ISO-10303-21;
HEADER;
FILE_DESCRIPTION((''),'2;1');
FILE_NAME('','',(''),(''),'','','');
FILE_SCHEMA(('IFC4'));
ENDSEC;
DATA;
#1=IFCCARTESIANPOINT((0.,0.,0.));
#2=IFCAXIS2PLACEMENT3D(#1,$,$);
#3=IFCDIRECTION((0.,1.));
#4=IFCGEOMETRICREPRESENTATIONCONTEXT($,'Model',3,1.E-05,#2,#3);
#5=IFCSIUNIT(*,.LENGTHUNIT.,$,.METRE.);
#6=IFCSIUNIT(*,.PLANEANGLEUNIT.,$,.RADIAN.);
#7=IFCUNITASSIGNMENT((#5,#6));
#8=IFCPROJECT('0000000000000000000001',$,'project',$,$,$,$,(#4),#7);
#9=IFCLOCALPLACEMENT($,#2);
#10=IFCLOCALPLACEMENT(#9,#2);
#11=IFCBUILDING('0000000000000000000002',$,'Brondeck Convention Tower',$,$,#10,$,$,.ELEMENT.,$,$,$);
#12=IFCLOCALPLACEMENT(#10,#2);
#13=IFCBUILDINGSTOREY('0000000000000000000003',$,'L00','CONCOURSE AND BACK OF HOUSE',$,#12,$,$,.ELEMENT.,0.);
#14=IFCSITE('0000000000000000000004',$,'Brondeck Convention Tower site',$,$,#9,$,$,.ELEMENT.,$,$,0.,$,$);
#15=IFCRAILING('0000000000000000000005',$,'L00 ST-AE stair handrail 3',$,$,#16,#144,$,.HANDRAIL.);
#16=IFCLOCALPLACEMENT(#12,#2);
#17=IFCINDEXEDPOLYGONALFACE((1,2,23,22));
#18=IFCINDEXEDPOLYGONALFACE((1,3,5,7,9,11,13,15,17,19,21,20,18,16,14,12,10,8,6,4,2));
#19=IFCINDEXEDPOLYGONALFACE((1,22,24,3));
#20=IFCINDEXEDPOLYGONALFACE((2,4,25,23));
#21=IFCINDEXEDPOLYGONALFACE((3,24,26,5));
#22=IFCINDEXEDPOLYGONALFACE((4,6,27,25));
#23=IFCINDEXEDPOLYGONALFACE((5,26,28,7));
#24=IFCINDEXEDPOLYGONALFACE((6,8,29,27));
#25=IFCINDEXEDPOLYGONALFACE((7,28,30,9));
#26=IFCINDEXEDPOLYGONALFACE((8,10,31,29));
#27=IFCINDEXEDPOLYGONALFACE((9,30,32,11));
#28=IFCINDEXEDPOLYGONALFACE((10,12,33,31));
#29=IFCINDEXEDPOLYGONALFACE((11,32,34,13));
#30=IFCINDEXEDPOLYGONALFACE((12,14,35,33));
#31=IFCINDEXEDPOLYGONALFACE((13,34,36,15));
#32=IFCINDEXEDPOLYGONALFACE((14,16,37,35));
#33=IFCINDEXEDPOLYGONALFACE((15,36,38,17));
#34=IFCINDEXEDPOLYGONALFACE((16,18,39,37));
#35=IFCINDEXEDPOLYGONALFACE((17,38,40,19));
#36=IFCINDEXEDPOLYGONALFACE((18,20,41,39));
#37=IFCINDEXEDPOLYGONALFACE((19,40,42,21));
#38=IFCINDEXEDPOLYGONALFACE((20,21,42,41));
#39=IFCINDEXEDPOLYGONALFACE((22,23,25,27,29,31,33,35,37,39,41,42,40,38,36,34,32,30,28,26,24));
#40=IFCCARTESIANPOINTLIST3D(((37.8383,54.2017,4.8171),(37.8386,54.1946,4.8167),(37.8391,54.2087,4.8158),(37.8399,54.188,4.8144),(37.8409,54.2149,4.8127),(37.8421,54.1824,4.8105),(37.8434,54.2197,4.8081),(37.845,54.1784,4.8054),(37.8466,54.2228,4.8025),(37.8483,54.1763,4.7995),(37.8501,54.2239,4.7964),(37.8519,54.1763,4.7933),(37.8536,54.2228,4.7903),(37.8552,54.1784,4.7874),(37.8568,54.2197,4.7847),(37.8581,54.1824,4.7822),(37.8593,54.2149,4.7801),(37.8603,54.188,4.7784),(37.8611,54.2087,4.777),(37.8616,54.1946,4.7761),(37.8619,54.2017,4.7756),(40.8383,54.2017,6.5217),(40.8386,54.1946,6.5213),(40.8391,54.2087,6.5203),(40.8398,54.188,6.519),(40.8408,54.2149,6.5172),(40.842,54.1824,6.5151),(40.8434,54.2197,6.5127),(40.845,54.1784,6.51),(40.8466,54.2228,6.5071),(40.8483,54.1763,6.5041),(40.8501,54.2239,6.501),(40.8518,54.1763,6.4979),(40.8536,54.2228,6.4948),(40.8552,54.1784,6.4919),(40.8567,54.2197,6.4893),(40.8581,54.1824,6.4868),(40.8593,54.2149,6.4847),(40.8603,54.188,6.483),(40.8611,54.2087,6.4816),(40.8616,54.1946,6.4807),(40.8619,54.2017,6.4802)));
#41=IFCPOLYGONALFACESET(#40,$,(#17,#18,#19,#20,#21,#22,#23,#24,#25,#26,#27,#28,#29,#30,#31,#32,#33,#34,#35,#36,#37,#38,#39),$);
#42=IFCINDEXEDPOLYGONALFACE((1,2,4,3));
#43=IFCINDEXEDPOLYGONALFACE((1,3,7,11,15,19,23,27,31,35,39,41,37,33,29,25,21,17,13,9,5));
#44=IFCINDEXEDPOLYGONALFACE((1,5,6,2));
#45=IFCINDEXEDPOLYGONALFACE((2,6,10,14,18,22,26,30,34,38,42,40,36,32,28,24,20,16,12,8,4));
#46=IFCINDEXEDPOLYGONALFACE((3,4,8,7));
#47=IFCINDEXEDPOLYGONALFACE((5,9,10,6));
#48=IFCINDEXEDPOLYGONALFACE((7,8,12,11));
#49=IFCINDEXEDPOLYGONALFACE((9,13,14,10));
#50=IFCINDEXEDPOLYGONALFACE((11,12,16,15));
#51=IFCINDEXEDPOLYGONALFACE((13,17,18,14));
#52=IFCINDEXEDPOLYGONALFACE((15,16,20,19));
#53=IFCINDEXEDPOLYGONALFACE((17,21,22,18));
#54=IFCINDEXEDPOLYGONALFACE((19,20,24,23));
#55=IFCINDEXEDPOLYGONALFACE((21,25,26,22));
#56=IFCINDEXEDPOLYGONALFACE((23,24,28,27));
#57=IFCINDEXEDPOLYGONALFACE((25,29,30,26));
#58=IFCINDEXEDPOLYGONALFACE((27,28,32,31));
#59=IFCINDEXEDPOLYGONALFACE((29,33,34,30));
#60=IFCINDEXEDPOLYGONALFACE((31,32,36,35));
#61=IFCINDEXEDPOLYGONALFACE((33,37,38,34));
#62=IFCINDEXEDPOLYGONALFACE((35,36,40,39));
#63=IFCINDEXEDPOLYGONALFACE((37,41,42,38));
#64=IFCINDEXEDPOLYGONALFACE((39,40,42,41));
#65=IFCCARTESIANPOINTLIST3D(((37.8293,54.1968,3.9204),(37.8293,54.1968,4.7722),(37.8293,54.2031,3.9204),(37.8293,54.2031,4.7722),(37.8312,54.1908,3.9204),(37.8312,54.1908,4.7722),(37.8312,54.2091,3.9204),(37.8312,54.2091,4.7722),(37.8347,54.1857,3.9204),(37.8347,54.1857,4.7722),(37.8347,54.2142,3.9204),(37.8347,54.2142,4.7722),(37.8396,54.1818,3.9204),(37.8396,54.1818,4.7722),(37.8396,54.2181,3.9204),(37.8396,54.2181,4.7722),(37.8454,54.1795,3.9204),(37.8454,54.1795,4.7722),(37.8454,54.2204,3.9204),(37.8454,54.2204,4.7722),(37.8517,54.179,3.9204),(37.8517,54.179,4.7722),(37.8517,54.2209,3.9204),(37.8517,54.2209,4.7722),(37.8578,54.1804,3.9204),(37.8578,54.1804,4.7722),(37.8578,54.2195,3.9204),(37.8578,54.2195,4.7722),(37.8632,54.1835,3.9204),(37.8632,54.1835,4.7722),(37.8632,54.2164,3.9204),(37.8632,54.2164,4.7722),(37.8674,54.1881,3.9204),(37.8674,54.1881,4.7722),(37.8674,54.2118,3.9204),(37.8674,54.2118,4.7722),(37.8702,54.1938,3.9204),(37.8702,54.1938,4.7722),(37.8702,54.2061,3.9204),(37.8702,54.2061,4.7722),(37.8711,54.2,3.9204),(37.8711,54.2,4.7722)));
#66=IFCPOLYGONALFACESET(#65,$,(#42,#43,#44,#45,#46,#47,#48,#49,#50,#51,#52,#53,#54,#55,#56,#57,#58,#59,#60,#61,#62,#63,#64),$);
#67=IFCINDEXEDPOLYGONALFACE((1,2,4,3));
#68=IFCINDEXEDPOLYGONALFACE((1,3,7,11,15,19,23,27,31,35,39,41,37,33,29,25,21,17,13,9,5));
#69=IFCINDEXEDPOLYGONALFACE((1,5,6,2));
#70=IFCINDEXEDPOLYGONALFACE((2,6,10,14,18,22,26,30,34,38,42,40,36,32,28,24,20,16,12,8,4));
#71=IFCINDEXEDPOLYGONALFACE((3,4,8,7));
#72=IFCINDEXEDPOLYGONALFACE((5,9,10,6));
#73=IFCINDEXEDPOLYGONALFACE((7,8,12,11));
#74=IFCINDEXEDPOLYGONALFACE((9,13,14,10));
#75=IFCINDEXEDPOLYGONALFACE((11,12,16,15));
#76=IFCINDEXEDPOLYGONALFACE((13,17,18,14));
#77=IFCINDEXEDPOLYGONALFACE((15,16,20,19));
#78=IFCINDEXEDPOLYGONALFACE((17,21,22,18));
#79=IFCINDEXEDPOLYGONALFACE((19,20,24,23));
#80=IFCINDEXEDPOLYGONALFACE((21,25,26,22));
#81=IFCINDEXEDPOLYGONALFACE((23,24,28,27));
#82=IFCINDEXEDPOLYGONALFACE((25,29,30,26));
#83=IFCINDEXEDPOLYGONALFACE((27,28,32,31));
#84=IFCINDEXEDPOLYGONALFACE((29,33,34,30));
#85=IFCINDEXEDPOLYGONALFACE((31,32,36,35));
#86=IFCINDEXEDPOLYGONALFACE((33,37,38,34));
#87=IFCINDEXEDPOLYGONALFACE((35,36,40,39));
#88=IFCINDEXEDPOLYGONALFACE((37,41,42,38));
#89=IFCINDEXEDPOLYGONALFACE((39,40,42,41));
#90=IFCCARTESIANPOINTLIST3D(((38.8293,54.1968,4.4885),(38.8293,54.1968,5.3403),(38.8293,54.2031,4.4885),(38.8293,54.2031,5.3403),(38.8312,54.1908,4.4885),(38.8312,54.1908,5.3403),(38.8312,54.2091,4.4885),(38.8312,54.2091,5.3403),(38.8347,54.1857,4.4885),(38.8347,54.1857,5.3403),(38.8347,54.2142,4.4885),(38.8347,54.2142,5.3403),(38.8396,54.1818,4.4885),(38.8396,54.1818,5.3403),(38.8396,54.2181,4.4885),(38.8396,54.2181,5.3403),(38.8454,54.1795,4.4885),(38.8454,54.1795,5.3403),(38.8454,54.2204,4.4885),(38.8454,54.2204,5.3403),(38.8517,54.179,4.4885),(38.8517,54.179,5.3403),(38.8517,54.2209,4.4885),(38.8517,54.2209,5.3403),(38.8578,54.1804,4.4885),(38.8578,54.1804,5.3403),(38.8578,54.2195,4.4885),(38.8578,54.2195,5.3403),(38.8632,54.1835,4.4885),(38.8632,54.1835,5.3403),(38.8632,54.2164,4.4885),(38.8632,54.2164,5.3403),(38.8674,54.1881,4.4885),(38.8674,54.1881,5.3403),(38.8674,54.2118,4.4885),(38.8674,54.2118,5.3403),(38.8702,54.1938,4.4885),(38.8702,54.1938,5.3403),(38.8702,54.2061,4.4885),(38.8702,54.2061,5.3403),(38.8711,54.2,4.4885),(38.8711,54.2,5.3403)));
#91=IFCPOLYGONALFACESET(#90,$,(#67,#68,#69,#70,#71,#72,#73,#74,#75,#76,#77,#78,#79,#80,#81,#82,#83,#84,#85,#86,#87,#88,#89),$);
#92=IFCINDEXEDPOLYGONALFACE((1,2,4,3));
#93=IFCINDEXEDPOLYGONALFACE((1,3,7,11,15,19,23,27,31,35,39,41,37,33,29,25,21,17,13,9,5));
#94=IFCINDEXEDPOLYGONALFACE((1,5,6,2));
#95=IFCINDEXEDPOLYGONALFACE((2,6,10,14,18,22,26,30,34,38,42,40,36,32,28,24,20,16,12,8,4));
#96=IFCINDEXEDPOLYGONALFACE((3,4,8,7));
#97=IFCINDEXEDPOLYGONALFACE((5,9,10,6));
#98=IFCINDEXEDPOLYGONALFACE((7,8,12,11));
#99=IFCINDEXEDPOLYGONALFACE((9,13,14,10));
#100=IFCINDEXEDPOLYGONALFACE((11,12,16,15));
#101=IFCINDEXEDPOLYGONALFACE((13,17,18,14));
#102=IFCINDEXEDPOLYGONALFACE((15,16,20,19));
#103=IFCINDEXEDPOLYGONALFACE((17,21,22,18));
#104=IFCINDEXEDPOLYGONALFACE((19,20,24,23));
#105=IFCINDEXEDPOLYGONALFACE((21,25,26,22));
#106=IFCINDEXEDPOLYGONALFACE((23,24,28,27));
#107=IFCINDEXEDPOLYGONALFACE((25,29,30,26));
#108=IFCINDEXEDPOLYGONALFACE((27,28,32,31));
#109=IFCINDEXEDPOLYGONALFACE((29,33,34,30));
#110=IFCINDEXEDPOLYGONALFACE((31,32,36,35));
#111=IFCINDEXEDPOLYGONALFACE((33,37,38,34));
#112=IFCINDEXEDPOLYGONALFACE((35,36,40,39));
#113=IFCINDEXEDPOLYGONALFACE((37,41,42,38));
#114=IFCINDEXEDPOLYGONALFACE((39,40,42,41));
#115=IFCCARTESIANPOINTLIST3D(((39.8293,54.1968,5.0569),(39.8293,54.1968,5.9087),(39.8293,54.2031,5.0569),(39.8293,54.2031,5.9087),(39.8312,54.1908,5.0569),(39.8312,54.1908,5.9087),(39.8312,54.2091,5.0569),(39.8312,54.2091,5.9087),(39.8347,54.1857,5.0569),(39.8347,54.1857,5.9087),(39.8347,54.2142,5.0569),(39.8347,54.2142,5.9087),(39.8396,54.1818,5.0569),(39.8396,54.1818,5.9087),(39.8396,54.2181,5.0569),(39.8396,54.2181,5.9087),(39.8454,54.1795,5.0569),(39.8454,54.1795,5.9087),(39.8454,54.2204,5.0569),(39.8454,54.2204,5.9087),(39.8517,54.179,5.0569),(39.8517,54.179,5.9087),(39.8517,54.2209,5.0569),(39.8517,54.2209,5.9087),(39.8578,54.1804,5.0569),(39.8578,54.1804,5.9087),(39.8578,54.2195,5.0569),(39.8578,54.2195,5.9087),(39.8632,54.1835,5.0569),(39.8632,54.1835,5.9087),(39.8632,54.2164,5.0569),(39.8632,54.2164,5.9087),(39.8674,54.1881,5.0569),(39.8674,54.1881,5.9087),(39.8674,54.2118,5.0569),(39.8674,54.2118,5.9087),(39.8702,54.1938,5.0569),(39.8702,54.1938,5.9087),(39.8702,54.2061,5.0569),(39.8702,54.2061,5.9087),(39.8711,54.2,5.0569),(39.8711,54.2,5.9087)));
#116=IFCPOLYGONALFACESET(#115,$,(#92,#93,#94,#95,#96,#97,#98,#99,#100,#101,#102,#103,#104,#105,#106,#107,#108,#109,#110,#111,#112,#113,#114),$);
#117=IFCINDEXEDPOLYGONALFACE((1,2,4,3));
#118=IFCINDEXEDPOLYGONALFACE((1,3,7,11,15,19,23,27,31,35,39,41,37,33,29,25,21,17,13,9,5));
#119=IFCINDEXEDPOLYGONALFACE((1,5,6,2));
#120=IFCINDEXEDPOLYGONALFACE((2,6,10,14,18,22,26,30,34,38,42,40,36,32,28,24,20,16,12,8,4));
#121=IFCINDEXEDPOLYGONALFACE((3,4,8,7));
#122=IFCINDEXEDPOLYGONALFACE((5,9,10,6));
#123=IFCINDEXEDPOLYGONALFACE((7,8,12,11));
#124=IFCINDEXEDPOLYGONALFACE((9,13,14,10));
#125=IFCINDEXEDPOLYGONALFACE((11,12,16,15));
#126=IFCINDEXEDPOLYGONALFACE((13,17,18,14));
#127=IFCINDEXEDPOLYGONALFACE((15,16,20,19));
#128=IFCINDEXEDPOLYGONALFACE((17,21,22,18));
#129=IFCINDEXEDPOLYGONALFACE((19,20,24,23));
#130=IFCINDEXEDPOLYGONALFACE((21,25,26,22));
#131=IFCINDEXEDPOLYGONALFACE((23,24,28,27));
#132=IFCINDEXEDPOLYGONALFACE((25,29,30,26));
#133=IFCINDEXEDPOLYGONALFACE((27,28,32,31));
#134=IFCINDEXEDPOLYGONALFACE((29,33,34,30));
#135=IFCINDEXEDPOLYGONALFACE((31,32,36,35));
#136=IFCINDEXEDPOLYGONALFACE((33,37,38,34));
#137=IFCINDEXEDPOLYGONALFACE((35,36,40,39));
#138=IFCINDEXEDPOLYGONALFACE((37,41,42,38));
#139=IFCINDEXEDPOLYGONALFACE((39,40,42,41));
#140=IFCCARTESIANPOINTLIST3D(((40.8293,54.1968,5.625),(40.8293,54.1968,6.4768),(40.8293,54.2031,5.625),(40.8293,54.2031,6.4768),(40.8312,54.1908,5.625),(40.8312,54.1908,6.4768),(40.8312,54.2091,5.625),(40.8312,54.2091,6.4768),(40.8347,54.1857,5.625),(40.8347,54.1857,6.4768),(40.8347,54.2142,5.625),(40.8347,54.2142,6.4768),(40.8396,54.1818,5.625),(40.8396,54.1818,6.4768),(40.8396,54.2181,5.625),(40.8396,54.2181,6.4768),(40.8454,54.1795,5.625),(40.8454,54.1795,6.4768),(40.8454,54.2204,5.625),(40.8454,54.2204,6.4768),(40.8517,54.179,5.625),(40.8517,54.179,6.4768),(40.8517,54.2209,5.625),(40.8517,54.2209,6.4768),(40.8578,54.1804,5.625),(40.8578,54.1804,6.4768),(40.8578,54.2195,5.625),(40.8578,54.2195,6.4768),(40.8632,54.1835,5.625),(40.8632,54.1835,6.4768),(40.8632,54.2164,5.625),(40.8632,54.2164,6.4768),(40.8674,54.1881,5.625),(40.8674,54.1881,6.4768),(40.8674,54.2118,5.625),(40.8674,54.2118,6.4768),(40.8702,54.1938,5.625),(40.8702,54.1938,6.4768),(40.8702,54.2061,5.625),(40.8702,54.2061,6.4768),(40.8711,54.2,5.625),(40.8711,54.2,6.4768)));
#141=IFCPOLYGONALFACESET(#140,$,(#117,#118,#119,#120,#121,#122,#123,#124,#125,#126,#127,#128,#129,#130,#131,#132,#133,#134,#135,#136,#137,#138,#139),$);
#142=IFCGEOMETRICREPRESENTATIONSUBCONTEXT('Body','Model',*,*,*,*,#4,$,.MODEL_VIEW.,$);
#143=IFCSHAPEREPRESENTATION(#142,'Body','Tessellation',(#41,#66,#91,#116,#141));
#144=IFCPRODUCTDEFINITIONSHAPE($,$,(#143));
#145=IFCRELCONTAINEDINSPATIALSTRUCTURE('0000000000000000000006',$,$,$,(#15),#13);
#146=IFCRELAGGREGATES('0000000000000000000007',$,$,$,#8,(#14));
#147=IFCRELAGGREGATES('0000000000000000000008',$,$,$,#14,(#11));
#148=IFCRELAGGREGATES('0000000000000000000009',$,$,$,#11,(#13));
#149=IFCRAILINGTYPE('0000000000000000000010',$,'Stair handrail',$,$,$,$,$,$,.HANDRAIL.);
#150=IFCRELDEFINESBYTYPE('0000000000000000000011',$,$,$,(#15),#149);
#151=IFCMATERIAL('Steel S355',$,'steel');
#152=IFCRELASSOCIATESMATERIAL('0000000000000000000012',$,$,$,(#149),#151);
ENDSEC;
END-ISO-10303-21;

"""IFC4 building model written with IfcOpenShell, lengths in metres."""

from ifc_helpers import new_model, si_unit, direction, frame, origin, origin_2d, place, context, subcontext, project, spatial, circle, extrude, material, type_object, element, save


model = new_model("IFC4")

# Units and contexts
model_context = context("Model", 3, precision=1e-05, world=origin(), true_north=direction((0.0, 1.0)))
body_context = subcontext(model_context, "Body", "Model", "MODEL_VIEW")
ifc_project = project(units=[si_unit("LENGTHUNIT", "METRE"), si_unit("PLANEANGLEUNIT", "RADIAN")], contexts=[model_context])

# Site, building, storey
site_placement = place(None, origin())
site = spatial("IfcSite", under=ifc_project, at=site_placement, Name="Brondeck Convention Tower site", CompositionType="ELEMENT", RefElevation=0.0)
building_placement = place(site_placement, origin())
building = spatial("IfcBuilding", under=site, at=building_placement, Name="Brondeck Convention Tower", CompositionType="ELEMENT")
storey_placement = place(building_placement, origin())
storey = spatial("IfcBuildingStorey", under=building, at=storey_placement, Name="L00", Description="CONCOURSE AND BACK OF HOUSE", CompositionType="ELEMENT", Elevation=0.0)

# Shared definitions
ifc_material_1 = material(Name="Steel S355", Category="steel")

# Railing
railing_type_1 = type_object("IfcRailingType", Name="Stair handrail", PredefinedType="HANDRAIL", material=ifc_material_1)
for number, where, name in (
    (1, (37.8501, 54.2, 3.9204), "L00 ST-AE stair handrail 3"),
):
    element("IfcRailing", number, at=place(storey_placement, frame(where)), inside=storey, type_object=railing_type_1, Name=name, PredefinedType="HANDRAIL", context=body_context, shape_type="SweptSolid", body=[
        extrude(circle(Radius=0.0239, at=origin_2d()), frame((0.0, 0.0, 0.876), z_axis=(0.869451, 0.0, 0.494019), x_axis=(0.0, 1.0, 0.0)), (0.0, 0.0, 1.0), 3.4504),
        extrude(circle(Radius=0.021, at=origin_2d()), origin(), (0.0, 0.0, 1.0), 0.8518),
        extrude(circle(Radius=0.021, at=origin_2d()), frame((1.0, 0.0, 0.5681)), (0.0, 0.0, 1.0), 0.8518),
        extrude(circle(Radius=0.021, at=origin_2d()), frame((2.0, 0.0, 1.1365)), (0.0, 0.0, 1.0), 0.8518),
        extrude(circle(Radius=0.021, at=origin_2d()), frame((3.0, 0.0, 1.7046)), (0.0, 0.0, 1.0), 0.8518),
    ])

save(model, "model.ifc")
